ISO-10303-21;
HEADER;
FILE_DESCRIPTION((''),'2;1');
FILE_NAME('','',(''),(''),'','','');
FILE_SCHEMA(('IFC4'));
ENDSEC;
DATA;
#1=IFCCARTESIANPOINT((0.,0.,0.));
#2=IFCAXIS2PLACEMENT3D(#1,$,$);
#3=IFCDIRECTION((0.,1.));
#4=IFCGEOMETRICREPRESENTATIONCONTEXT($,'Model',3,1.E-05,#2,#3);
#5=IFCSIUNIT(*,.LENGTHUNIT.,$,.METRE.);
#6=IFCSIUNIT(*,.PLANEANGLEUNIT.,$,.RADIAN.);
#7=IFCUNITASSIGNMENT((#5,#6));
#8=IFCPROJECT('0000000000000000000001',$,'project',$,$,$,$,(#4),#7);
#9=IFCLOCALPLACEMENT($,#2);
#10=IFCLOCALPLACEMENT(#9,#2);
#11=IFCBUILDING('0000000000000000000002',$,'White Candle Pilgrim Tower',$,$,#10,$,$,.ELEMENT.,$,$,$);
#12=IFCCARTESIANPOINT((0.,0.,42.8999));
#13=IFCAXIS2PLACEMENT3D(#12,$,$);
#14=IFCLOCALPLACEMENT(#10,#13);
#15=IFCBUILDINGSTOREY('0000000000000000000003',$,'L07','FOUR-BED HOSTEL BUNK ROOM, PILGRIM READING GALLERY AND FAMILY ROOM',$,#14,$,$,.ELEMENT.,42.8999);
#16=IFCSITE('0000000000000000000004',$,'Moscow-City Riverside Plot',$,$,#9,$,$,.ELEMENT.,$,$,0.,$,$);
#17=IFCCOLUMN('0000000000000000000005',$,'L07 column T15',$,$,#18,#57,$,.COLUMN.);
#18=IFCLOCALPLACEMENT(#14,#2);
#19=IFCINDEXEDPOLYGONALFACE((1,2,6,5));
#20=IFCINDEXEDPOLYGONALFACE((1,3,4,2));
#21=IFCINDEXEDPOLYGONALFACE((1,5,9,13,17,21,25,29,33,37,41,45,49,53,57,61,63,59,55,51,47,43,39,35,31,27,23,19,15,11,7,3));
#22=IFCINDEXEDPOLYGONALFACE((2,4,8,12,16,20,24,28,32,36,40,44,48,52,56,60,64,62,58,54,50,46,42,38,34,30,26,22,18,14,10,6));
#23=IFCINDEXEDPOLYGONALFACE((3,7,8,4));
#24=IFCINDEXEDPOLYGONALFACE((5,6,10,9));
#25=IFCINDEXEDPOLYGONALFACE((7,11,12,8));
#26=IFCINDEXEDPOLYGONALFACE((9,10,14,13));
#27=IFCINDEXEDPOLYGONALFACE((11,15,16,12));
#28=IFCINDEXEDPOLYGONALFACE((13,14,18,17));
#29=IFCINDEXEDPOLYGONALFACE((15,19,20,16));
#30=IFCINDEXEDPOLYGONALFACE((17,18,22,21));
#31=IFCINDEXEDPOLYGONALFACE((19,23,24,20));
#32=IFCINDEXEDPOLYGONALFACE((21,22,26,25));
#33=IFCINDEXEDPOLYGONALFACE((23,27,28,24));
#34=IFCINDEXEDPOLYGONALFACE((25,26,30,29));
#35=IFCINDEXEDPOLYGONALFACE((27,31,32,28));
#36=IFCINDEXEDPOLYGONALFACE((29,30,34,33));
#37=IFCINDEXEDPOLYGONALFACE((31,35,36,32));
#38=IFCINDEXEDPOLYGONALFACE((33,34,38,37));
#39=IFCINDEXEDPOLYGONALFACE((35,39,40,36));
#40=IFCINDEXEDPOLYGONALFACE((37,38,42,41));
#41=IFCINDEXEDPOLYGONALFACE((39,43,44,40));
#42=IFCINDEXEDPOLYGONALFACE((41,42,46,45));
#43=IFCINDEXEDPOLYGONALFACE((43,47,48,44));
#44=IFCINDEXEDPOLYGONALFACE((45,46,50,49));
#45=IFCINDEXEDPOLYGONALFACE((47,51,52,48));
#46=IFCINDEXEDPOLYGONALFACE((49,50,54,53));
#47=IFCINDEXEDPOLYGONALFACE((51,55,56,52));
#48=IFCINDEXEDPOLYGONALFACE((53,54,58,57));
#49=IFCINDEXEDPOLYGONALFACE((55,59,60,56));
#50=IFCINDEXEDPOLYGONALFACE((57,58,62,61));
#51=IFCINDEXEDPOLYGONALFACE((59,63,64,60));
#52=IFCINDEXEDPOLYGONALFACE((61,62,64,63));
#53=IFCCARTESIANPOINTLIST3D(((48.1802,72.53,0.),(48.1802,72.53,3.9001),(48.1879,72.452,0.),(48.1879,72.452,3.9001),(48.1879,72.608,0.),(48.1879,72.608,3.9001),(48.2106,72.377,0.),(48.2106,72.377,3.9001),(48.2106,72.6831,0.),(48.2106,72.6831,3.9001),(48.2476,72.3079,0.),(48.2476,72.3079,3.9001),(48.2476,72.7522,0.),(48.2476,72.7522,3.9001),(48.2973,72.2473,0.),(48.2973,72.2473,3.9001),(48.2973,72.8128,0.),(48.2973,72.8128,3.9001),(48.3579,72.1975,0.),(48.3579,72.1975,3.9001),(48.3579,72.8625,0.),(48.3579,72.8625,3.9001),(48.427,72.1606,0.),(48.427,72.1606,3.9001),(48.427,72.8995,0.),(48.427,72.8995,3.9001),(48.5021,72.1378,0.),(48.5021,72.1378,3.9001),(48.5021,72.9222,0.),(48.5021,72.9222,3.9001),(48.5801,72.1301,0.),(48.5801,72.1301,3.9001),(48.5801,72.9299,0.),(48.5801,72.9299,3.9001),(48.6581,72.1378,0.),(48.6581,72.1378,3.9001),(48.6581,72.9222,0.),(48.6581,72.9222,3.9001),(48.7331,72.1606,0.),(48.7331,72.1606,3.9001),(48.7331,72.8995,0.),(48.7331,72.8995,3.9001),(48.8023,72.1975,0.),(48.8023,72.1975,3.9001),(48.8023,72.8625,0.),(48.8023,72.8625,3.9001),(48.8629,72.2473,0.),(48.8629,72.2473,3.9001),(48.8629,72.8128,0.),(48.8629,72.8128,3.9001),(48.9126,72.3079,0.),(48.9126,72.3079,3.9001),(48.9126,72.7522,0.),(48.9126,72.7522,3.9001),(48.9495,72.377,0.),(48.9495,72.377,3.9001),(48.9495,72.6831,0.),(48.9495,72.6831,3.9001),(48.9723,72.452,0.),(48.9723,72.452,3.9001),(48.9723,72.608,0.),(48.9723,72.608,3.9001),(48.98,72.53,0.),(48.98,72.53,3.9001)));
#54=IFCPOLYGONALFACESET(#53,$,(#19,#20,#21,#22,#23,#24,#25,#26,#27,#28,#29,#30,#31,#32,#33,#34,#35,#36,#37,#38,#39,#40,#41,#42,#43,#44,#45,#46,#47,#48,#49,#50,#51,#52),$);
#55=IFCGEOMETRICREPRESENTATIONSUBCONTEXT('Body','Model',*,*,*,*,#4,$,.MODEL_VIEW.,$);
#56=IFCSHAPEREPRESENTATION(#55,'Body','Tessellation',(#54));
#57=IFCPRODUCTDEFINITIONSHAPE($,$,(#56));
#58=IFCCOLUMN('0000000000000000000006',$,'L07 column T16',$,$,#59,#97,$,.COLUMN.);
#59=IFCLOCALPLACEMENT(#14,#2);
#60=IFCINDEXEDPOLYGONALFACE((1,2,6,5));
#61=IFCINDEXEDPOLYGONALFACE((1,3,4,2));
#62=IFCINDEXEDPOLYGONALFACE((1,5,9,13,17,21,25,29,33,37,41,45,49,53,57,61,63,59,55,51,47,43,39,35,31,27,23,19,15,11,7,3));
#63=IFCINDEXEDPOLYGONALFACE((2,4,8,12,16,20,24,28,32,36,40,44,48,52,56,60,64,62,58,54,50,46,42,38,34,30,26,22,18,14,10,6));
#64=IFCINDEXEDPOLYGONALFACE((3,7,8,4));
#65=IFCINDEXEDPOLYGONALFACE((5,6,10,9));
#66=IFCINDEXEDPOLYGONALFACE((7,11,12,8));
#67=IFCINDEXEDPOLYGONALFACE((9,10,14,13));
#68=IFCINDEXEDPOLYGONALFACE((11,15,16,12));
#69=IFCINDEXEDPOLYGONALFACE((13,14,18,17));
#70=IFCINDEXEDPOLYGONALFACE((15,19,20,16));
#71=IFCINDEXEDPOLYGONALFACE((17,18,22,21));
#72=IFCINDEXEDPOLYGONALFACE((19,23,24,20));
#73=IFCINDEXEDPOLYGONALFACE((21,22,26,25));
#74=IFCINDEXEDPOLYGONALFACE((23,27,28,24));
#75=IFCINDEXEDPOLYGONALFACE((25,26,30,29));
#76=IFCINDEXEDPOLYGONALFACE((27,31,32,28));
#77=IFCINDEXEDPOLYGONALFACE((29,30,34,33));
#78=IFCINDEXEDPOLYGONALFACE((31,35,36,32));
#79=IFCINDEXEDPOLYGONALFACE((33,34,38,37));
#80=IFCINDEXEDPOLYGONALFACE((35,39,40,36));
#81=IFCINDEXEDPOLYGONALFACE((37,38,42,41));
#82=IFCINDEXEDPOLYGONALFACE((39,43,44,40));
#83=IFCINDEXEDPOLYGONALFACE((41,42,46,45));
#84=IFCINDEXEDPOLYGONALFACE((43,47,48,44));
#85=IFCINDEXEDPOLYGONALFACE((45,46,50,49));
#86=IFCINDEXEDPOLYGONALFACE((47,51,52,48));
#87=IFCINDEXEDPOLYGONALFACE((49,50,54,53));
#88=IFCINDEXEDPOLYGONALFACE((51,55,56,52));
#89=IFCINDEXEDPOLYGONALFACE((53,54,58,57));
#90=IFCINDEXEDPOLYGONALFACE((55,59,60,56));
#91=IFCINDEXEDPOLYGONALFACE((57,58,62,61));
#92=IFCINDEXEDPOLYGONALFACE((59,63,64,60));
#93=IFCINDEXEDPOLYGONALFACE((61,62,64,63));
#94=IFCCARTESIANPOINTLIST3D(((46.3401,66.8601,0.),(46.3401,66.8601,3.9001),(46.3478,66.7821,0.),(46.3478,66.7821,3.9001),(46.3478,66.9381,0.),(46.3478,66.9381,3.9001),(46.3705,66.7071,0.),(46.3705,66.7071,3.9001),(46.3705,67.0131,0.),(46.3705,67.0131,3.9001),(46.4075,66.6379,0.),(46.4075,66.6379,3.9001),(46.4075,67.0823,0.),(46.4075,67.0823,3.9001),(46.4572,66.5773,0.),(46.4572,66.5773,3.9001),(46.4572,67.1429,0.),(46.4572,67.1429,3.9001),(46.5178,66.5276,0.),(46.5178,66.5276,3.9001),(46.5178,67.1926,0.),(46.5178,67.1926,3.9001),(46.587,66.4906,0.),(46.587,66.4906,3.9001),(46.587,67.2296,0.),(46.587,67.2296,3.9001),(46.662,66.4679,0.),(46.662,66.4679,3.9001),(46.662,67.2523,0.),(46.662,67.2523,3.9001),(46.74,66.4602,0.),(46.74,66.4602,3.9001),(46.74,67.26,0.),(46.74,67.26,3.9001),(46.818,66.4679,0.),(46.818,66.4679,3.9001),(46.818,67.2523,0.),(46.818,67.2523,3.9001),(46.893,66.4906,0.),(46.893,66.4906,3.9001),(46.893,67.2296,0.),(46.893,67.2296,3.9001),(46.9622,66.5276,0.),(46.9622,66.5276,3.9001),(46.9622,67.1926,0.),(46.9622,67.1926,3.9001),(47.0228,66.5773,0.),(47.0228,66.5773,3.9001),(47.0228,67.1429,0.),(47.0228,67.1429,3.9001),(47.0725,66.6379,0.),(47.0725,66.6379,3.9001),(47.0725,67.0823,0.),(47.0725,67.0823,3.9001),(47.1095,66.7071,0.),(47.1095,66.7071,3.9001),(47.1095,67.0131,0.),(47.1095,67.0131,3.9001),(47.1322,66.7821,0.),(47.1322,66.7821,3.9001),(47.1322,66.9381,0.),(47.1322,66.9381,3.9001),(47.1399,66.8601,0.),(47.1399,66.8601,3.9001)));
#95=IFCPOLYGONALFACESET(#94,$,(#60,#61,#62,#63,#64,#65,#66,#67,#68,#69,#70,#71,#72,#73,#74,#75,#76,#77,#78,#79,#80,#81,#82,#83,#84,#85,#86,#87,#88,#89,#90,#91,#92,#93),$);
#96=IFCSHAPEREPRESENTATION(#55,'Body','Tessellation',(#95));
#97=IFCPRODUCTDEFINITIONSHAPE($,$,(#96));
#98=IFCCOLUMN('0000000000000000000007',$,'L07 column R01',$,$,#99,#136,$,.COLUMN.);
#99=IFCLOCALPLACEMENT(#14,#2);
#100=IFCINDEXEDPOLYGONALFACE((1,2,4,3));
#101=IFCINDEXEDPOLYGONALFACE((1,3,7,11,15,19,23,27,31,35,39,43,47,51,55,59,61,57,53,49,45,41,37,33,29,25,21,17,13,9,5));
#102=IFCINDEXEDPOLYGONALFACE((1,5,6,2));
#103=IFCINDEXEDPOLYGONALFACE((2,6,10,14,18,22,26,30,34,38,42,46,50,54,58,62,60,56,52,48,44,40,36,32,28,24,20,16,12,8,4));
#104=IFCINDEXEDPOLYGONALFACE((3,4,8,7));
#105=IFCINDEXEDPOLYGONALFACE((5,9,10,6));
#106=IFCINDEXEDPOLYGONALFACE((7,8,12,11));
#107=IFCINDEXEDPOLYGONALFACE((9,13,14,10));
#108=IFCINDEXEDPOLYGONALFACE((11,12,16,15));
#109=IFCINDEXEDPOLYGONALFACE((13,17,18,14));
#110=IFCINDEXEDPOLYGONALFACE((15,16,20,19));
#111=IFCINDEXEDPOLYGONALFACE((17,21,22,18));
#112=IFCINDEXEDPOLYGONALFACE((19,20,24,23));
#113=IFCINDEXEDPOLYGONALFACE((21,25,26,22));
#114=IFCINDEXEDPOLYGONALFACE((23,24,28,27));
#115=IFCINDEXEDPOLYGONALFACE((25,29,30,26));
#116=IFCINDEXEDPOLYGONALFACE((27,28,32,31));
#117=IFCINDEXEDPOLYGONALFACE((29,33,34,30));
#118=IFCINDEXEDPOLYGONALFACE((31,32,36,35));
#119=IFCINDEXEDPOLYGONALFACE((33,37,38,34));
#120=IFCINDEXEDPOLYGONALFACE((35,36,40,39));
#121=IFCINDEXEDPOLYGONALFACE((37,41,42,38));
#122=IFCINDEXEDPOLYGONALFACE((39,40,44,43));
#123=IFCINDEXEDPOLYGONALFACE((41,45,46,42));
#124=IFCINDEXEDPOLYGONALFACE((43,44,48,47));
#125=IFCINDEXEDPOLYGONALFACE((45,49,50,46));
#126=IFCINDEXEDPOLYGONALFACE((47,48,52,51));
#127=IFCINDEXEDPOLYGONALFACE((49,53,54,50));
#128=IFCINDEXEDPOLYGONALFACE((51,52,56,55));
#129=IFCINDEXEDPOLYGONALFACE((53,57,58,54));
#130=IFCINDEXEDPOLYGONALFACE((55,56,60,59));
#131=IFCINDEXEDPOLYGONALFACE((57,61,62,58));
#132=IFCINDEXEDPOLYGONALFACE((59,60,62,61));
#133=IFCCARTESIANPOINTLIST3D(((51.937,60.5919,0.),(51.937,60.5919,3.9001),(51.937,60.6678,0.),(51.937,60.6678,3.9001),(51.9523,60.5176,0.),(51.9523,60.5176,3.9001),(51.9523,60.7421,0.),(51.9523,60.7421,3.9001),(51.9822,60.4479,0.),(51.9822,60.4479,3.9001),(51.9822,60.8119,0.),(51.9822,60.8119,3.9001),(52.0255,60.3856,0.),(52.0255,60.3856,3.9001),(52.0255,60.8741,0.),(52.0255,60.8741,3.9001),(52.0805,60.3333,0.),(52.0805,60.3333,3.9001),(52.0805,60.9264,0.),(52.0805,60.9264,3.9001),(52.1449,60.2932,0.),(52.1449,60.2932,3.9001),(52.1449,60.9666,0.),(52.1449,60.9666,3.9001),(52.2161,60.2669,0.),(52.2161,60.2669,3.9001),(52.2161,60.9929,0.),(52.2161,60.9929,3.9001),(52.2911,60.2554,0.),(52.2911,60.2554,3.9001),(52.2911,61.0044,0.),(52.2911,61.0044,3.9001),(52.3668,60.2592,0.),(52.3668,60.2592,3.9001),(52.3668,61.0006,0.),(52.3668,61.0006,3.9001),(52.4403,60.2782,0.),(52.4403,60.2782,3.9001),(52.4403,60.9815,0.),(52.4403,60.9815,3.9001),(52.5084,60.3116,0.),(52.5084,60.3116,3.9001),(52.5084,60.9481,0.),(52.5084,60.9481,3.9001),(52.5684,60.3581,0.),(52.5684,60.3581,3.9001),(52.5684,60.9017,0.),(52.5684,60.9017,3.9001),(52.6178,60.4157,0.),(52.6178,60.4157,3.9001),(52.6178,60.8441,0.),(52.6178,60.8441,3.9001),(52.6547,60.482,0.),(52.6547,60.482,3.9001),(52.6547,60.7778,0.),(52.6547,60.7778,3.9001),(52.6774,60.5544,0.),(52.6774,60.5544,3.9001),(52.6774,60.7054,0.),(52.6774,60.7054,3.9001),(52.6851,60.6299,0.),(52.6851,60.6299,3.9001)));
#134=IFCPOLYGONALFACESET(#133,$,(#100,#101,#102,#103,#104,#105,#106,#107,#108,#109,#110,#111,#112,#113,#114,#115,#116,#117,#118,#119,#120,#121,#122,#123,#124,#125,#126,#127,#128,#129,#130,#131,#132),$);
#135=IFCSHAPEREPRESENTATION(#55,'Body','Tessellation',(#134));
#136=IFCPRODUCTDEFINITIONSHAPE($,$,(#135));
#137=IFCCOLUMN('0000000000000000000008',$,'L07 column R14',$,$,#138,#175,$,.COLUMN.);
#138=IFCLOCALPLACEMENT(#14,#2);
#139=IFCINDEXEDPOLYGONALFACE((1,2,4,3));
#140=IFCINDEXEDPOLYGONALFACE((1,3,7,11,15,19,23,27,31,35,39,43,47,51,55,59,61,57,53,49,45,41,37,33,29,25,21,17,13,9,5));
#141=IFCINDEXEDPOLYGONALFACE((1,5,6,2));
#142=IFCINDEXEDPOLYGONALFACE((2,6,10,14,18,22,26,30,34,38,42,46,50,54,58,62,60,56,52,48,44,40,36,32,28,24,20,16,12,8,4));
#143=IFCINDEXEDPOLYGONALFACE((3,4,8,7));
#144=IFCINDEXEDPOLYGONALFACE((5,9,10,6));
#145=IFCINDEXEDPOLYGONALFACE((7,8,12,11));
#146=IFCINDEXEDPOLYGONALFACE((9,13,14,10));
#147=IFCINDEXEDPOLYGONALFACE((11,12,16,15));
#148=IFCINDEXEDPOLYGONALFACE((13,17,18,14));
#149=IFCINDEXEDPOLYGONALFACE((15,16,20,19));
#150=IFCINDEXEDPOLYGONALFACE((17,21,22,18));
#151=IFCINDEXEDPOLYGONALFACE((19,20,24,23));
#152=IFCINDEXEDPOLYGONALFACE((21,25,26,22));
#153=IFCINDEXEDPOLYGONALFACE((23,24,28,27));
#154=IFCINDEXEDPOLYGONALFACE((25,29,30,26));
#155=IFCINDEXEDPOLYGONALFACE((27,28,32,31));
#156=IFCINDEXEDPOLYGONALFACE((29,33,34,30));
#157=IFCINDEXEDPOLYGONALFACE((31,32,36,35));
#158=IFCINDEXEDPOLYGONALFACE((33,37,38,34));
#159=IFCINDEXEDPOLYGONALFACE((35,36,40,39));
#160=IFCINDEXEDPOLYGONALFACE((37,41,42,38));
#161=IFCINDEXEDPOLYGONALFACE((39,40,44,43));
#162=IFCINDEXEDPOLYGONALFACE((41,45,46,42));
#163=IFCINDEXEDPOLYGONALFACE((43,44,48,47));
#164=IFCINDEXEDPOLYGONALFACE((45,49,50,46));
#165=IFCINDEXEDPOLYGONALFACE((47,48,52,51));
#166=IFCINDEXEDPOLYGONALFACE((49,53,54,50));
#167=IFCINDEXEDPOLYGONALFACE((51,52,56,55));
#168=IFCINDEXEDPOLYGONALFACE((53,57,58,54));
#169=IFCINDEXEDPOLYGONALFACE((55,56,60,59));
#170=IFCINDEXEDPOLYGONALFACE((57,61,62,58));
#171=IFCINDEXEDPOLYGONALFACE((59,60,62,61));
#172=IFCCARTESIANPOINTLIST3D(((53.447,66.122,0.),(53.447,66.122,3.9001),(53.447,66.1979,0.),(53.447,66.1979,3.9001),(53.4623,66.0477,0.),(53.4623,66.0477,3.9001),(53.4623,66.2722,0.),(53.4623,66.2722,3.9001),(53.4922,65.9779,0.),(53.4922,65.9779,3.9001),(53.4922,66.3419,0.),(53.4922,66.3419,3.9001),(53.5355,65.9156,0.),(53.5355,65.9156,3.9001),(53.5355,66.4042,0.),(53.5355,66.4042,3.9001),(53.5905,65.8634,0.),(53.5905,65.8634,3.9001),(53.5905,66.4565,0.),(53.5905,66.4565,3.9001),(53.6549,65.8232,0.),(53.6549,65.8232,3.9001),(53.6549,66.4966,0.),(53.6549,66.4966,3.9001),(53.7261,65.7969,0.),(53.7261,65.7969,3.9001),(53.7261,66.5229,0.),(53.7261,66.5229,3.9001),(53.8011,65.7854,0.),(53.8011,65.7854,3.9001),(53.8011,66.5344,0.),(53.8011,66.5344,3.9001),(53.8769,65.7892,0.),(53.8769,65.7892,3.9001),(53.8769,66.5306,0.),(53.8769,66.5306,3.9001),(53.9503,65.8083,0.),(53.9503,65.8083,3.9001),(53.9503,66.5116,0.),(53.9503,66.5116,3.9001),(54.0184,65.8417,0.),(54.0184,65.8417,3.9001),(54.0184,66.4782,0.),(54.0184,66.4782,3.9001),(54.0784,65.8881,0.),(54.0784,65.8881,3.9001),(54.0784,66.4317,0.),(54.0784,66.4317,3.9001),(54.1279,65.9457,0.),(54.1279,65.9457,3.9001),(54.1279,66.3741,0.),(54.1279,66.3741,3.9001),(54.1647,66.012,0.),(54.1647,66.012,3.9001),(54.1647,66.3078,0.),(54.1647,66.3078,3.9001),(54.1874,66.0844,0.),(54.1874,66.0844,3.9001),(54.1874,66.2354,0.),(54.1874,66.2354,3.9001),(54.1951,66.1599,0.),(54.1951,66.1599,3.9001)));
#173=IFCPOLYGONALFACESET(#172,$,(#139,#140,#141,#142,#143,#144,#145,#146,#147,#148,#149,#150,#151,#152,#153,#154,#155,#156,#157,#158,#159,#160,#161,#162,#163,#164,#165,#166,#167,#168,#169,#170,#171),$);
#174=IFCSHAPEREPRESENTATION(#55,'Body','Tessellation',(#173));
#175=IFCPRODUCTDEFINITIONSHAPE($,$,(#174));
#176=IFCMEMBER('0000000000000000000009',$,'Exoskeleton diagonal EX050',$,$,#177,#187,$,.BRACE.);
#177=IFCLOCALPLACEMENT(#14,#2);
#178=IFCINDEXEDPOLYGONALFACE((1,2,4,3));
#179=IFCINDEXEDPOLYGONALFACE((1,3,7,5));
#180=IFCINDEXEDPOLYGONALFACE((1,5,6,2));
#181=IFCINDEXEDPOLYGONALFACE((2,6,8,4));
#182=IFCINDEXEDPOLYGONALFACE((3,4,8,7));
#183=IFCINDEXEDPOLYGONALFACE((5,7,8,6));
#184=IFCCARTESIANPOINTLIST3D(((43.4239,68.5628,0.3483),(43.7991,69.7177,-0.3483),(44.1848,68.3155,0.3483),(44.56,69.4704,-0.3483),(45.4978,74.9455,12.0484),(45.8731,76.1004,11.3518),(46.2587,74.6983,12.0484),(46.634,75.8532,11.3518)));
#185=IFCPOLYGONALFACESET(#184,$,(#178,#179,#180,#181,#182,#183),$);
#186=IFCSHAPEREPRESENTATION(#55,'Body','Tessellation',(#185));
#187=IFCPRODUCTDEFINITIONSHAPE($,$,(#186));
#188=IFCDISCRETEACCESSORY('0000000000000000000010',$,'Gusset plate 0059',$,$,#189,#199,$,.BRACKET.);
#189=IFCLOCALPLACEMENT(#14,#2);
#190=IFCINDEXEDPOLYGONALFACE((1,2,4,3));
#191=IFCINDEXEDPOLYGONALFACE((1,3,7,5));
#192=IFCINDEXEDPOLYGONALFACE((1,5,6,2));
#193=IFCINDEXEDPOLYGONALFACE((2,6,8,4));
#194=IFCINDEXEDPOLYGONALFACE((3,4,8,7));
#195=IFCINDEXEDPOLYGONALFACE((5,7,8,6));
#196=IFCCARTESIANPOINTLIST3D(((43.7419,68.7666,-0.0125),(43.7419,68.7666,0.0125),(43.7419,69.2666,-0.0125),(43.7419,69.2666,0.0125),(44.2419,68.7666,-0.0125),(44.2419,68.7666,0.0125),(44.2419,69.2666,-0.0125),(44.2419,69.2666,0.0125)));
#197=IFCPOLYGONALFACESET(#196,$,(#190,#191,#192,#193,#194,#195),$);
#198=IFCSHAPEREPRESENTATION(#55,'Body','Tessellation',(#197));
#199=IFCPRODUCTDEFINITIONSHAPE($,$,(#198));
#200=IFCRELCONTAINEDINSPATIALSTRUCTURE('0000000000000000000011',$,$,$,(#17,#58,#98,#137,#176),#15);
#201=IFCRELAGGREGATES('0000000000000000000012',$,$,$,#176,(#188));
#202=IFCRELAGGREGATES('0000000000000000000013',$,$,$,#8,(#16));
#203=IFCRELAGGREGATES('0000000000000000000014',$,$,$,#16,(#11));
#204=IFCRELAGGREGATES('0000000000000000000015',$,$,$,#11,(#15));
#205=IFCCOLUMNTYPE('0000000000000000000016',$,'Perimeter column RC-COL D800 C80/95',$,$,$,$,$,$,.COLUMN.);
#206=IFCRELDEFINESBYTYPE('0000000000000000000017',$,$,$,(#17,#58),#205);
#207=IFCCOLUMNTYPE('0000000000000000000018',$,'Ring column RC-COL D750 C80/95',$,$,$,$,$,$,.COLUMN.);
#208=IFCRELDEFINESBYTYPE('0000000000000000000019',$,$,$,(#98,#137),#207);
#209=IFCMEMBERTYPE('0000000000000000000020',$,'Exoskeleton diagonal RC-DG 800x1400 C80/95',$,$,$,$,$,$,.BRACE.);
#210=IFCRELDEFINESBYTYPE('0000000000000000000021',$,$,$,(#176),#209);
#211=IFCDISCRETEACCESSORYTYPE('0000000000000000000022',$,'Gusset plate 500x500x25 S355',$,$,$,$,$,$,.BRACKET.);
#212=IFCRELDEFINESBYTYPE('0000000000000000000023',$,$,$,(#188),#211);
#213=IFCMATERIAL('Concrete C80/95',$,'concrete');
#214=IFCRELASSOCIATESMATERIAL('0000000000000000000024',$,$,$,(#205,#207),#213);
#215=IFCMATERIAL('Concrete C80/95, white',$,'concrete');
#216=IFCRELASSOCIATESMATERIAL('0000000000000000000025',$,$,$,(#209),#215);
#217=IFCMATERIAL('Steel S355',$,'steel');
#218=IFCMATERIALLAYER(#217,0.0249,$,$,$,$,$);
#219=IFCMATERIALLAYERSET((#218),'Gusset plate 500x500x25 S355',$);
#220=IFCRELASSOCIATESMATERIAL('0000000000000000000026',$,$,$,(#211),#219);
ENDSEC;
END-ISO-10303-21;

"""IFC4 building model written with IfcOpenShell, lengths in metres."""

from ifc_helpers import new_model, si_unit, direction, frame, origin, origin_2d, place, context, subcontext, project, spatial, rectangle, circle, extrude, material, layer, layer_set, material_profile, profile_set, type_object, element, aggregate, save


model = new_model("IFC4")

# Units and contexts
model_context = context("Model", 3, precision=1e-05, world=origin(), true_north=direction((0.0, 1.0)))
body_context = subcontext(model_context, "Body", "Model", "MODEL_VIEW")
ifc_project = project(units=[si_unit("LENGTHUNIT", "METRE"), si_unit("PLANEANGLEUNIT", "RADIAN")], contexts=[model_context])

# Site, building, storey
site_placement = place(None, origin())
site = spatial("IfcSite", under=ifc_project, at=site_placement, Name="Moscow-City Riverside Plot", CompositionType="ELEMENT", RefElevation=0.0)
building_placement = place(site_placement, origin())
building = spatial("IfcBuilding", under=site, at=building_placement, Name="White Candle Pilgrim Tower", CompositionType="ELEMENT")
storey_placement = place(building_placement, frame((0.0, 0.0, 42.8999)))
storey = spatial("IfcBuildingStorey", under=building, at=storey_placement, Name="L07", Description="FOUR-BED HOSTEL BUNK ROOM, PILGRIM READING GALLERY AND FAMILY ROOM", CompositionType="ELEMENT", Elevation=42.8999)

# Columns
ifc_material_1 = material(Name="Concrete C80/95", Category="concrete")
ifc_material_profile_1 = material_profile(ifc_material_1, circle(Radius=0.3999, at=origin_2d()), Name="RC-COL D800")
ifc_profile_set_1 = profile_set([ifc_material_profile_1], Name="Concrete C80/95")
column_type_1 = type_object("IfcColumnType", Name="Perimeter column RC-COL D800 C80/95", PredefinedType="COLUMN", material=ifc_profile_set_1)
for number, where, z_axis, x_axis, name in (
    (1, (48.5801, 72.53, 0.0), (0.0, 0.0, 1.0), (1.0, 0.0, 0.0), "L07 column T15"),
    (2, (46.74, 66.8601, 0.0), (0.0, 0.0, 1.0), (1.0, 0.0, 0.0), "L07 column T16"),
):
    element("IfcColumn", number, at=place(storey_placement, frame(where, z_axis=z_axis, x_axis=x_axis)), inside=storey, type_object=column_type_1, Name=name, PredefinedType="COLUMN", context=body_context, shape_type="SweptSolid", body=[
        extrude(circle(Radius=0.3999, at=origin_2d()), origin(), (0.0, 0.0, 1.0), 3.9001),
    ])
ifc_material_profile_2 = material_profile(ifc_material_1, circle(Radius=0.375, at=origin_2d()), Name="RC-COL D750")
ifc_profile_set_2 = profile_set([ifc_material_profile_2], Name="Concrete C80/95")
column_type_2 = type_object("IfcColumnType", Name="Ring column RC-COL D750 C80/95", PredefinedType="COLUMN", material=ifc_profile_set_2)
for number, where, z_axis, x_axis, name in (
    (3, (52.3101, 60.6299, 0.0), (0.0, 0.0, 1.0), (1.0, 0.0, 0.0), "L07 column R01"),
    (4, (53.8201, 66.1599, 0.0), (0.0, 0.0, 1.0), (1.0, 0.0, 0.0), "L07 column R14"),
):
    element("IfcColumn", number, at=place(storey_placement, frame(where, z_axis=z_axis, x_axis=x_axis)), inside=storey, type_object=column_type_2, Name=name, PredefinedType="COLUMN", context=body_context, shape_type="SweptSolid", body=[
        extrude(circle(Radius=0.375, at=origin_2d()), origin(), (0.0, 0.0, 1.0), 3.9001),
    ])

# Member
ifc_material_2 = material(Name="Concrete C80/95, white", Category="concrete")
ifc_material_profile_3 = material_profile(ifc_material_2, rectangle(XDim=0.8, YDim=1.3999, at=origin_2d()), Name="RC-DG 800x1400")
ifc_profile_set_3 = profile_set([ifc_material_profile_3], Name="Concrete C80/95, white")
member_type_1 = type_object("IfcMemberType", Name="Exoskeleton diagonal RC-DG 800x1400 C80/95", PredefinedType="BRACE", material=ifc_profile_set_3)
member_1_placement = place(storey_placement, frame((43.9919, 69.0166, 0.0), z_axis=(0.15376, 0.473208, 0.867428), x_axis=(-0.951053, 0.309027, 0.0)))
member_1 = element("IfcMember", 5, at=member_1_placement, inside=storey, type_object=member_type_1, Name="Exoskeleton diagonal EX050", PredefinedType="BRACE", context=body_context, shape_type="SweptSolid", body=[
    extrude(rectangle(XDim=0.8, YDim=1.3999, at=origin_2d()), origin(), (0.0, 0.0, 1.0), 13.4883),
])

# Discrete accessory
ifc_material_3 = material(Name="Steel S355", Category="steel")
ifc_layer_1 = layer(ifc_material_3, 0.0249)
ifc_layer_set_1 = layer_set([ifc_layer_1], Name="Gusset plate 500x500x25 S355")
discrete_accessory_type = type_object("IfcDiscreteAccessoryType", Name="Gusset plate 500x500x25 S355", PredefinedType="BRACKET", material=ifc_layer_set_1)
discrete_accessory_1_placement = place(storey_placement, frame((43.9919, 69.0166, -0.0125), z_axis=(0.0, 0.0, 1.0), x_axis=(1.0, 0.0, 0.0)))
discrete_accessory_1 = element("IfcDiscreteAccessory", 6, at=discrete_accessory_1_placement, type_object=discrete_accessory_type, Name="Gusset plate 0059", PredefinedType="BRACKET", context=body_context, shape_type="SweptSolid", body=[
    extrude(rectangle(XDim=0.5, YDim=0.5, at=origin_2d()), origin(), (0.0, 0.0, 1.0), 0.0249),
])
aggregate(member_1, [discrete_accessory_1])

save(model, "model.ifc")
